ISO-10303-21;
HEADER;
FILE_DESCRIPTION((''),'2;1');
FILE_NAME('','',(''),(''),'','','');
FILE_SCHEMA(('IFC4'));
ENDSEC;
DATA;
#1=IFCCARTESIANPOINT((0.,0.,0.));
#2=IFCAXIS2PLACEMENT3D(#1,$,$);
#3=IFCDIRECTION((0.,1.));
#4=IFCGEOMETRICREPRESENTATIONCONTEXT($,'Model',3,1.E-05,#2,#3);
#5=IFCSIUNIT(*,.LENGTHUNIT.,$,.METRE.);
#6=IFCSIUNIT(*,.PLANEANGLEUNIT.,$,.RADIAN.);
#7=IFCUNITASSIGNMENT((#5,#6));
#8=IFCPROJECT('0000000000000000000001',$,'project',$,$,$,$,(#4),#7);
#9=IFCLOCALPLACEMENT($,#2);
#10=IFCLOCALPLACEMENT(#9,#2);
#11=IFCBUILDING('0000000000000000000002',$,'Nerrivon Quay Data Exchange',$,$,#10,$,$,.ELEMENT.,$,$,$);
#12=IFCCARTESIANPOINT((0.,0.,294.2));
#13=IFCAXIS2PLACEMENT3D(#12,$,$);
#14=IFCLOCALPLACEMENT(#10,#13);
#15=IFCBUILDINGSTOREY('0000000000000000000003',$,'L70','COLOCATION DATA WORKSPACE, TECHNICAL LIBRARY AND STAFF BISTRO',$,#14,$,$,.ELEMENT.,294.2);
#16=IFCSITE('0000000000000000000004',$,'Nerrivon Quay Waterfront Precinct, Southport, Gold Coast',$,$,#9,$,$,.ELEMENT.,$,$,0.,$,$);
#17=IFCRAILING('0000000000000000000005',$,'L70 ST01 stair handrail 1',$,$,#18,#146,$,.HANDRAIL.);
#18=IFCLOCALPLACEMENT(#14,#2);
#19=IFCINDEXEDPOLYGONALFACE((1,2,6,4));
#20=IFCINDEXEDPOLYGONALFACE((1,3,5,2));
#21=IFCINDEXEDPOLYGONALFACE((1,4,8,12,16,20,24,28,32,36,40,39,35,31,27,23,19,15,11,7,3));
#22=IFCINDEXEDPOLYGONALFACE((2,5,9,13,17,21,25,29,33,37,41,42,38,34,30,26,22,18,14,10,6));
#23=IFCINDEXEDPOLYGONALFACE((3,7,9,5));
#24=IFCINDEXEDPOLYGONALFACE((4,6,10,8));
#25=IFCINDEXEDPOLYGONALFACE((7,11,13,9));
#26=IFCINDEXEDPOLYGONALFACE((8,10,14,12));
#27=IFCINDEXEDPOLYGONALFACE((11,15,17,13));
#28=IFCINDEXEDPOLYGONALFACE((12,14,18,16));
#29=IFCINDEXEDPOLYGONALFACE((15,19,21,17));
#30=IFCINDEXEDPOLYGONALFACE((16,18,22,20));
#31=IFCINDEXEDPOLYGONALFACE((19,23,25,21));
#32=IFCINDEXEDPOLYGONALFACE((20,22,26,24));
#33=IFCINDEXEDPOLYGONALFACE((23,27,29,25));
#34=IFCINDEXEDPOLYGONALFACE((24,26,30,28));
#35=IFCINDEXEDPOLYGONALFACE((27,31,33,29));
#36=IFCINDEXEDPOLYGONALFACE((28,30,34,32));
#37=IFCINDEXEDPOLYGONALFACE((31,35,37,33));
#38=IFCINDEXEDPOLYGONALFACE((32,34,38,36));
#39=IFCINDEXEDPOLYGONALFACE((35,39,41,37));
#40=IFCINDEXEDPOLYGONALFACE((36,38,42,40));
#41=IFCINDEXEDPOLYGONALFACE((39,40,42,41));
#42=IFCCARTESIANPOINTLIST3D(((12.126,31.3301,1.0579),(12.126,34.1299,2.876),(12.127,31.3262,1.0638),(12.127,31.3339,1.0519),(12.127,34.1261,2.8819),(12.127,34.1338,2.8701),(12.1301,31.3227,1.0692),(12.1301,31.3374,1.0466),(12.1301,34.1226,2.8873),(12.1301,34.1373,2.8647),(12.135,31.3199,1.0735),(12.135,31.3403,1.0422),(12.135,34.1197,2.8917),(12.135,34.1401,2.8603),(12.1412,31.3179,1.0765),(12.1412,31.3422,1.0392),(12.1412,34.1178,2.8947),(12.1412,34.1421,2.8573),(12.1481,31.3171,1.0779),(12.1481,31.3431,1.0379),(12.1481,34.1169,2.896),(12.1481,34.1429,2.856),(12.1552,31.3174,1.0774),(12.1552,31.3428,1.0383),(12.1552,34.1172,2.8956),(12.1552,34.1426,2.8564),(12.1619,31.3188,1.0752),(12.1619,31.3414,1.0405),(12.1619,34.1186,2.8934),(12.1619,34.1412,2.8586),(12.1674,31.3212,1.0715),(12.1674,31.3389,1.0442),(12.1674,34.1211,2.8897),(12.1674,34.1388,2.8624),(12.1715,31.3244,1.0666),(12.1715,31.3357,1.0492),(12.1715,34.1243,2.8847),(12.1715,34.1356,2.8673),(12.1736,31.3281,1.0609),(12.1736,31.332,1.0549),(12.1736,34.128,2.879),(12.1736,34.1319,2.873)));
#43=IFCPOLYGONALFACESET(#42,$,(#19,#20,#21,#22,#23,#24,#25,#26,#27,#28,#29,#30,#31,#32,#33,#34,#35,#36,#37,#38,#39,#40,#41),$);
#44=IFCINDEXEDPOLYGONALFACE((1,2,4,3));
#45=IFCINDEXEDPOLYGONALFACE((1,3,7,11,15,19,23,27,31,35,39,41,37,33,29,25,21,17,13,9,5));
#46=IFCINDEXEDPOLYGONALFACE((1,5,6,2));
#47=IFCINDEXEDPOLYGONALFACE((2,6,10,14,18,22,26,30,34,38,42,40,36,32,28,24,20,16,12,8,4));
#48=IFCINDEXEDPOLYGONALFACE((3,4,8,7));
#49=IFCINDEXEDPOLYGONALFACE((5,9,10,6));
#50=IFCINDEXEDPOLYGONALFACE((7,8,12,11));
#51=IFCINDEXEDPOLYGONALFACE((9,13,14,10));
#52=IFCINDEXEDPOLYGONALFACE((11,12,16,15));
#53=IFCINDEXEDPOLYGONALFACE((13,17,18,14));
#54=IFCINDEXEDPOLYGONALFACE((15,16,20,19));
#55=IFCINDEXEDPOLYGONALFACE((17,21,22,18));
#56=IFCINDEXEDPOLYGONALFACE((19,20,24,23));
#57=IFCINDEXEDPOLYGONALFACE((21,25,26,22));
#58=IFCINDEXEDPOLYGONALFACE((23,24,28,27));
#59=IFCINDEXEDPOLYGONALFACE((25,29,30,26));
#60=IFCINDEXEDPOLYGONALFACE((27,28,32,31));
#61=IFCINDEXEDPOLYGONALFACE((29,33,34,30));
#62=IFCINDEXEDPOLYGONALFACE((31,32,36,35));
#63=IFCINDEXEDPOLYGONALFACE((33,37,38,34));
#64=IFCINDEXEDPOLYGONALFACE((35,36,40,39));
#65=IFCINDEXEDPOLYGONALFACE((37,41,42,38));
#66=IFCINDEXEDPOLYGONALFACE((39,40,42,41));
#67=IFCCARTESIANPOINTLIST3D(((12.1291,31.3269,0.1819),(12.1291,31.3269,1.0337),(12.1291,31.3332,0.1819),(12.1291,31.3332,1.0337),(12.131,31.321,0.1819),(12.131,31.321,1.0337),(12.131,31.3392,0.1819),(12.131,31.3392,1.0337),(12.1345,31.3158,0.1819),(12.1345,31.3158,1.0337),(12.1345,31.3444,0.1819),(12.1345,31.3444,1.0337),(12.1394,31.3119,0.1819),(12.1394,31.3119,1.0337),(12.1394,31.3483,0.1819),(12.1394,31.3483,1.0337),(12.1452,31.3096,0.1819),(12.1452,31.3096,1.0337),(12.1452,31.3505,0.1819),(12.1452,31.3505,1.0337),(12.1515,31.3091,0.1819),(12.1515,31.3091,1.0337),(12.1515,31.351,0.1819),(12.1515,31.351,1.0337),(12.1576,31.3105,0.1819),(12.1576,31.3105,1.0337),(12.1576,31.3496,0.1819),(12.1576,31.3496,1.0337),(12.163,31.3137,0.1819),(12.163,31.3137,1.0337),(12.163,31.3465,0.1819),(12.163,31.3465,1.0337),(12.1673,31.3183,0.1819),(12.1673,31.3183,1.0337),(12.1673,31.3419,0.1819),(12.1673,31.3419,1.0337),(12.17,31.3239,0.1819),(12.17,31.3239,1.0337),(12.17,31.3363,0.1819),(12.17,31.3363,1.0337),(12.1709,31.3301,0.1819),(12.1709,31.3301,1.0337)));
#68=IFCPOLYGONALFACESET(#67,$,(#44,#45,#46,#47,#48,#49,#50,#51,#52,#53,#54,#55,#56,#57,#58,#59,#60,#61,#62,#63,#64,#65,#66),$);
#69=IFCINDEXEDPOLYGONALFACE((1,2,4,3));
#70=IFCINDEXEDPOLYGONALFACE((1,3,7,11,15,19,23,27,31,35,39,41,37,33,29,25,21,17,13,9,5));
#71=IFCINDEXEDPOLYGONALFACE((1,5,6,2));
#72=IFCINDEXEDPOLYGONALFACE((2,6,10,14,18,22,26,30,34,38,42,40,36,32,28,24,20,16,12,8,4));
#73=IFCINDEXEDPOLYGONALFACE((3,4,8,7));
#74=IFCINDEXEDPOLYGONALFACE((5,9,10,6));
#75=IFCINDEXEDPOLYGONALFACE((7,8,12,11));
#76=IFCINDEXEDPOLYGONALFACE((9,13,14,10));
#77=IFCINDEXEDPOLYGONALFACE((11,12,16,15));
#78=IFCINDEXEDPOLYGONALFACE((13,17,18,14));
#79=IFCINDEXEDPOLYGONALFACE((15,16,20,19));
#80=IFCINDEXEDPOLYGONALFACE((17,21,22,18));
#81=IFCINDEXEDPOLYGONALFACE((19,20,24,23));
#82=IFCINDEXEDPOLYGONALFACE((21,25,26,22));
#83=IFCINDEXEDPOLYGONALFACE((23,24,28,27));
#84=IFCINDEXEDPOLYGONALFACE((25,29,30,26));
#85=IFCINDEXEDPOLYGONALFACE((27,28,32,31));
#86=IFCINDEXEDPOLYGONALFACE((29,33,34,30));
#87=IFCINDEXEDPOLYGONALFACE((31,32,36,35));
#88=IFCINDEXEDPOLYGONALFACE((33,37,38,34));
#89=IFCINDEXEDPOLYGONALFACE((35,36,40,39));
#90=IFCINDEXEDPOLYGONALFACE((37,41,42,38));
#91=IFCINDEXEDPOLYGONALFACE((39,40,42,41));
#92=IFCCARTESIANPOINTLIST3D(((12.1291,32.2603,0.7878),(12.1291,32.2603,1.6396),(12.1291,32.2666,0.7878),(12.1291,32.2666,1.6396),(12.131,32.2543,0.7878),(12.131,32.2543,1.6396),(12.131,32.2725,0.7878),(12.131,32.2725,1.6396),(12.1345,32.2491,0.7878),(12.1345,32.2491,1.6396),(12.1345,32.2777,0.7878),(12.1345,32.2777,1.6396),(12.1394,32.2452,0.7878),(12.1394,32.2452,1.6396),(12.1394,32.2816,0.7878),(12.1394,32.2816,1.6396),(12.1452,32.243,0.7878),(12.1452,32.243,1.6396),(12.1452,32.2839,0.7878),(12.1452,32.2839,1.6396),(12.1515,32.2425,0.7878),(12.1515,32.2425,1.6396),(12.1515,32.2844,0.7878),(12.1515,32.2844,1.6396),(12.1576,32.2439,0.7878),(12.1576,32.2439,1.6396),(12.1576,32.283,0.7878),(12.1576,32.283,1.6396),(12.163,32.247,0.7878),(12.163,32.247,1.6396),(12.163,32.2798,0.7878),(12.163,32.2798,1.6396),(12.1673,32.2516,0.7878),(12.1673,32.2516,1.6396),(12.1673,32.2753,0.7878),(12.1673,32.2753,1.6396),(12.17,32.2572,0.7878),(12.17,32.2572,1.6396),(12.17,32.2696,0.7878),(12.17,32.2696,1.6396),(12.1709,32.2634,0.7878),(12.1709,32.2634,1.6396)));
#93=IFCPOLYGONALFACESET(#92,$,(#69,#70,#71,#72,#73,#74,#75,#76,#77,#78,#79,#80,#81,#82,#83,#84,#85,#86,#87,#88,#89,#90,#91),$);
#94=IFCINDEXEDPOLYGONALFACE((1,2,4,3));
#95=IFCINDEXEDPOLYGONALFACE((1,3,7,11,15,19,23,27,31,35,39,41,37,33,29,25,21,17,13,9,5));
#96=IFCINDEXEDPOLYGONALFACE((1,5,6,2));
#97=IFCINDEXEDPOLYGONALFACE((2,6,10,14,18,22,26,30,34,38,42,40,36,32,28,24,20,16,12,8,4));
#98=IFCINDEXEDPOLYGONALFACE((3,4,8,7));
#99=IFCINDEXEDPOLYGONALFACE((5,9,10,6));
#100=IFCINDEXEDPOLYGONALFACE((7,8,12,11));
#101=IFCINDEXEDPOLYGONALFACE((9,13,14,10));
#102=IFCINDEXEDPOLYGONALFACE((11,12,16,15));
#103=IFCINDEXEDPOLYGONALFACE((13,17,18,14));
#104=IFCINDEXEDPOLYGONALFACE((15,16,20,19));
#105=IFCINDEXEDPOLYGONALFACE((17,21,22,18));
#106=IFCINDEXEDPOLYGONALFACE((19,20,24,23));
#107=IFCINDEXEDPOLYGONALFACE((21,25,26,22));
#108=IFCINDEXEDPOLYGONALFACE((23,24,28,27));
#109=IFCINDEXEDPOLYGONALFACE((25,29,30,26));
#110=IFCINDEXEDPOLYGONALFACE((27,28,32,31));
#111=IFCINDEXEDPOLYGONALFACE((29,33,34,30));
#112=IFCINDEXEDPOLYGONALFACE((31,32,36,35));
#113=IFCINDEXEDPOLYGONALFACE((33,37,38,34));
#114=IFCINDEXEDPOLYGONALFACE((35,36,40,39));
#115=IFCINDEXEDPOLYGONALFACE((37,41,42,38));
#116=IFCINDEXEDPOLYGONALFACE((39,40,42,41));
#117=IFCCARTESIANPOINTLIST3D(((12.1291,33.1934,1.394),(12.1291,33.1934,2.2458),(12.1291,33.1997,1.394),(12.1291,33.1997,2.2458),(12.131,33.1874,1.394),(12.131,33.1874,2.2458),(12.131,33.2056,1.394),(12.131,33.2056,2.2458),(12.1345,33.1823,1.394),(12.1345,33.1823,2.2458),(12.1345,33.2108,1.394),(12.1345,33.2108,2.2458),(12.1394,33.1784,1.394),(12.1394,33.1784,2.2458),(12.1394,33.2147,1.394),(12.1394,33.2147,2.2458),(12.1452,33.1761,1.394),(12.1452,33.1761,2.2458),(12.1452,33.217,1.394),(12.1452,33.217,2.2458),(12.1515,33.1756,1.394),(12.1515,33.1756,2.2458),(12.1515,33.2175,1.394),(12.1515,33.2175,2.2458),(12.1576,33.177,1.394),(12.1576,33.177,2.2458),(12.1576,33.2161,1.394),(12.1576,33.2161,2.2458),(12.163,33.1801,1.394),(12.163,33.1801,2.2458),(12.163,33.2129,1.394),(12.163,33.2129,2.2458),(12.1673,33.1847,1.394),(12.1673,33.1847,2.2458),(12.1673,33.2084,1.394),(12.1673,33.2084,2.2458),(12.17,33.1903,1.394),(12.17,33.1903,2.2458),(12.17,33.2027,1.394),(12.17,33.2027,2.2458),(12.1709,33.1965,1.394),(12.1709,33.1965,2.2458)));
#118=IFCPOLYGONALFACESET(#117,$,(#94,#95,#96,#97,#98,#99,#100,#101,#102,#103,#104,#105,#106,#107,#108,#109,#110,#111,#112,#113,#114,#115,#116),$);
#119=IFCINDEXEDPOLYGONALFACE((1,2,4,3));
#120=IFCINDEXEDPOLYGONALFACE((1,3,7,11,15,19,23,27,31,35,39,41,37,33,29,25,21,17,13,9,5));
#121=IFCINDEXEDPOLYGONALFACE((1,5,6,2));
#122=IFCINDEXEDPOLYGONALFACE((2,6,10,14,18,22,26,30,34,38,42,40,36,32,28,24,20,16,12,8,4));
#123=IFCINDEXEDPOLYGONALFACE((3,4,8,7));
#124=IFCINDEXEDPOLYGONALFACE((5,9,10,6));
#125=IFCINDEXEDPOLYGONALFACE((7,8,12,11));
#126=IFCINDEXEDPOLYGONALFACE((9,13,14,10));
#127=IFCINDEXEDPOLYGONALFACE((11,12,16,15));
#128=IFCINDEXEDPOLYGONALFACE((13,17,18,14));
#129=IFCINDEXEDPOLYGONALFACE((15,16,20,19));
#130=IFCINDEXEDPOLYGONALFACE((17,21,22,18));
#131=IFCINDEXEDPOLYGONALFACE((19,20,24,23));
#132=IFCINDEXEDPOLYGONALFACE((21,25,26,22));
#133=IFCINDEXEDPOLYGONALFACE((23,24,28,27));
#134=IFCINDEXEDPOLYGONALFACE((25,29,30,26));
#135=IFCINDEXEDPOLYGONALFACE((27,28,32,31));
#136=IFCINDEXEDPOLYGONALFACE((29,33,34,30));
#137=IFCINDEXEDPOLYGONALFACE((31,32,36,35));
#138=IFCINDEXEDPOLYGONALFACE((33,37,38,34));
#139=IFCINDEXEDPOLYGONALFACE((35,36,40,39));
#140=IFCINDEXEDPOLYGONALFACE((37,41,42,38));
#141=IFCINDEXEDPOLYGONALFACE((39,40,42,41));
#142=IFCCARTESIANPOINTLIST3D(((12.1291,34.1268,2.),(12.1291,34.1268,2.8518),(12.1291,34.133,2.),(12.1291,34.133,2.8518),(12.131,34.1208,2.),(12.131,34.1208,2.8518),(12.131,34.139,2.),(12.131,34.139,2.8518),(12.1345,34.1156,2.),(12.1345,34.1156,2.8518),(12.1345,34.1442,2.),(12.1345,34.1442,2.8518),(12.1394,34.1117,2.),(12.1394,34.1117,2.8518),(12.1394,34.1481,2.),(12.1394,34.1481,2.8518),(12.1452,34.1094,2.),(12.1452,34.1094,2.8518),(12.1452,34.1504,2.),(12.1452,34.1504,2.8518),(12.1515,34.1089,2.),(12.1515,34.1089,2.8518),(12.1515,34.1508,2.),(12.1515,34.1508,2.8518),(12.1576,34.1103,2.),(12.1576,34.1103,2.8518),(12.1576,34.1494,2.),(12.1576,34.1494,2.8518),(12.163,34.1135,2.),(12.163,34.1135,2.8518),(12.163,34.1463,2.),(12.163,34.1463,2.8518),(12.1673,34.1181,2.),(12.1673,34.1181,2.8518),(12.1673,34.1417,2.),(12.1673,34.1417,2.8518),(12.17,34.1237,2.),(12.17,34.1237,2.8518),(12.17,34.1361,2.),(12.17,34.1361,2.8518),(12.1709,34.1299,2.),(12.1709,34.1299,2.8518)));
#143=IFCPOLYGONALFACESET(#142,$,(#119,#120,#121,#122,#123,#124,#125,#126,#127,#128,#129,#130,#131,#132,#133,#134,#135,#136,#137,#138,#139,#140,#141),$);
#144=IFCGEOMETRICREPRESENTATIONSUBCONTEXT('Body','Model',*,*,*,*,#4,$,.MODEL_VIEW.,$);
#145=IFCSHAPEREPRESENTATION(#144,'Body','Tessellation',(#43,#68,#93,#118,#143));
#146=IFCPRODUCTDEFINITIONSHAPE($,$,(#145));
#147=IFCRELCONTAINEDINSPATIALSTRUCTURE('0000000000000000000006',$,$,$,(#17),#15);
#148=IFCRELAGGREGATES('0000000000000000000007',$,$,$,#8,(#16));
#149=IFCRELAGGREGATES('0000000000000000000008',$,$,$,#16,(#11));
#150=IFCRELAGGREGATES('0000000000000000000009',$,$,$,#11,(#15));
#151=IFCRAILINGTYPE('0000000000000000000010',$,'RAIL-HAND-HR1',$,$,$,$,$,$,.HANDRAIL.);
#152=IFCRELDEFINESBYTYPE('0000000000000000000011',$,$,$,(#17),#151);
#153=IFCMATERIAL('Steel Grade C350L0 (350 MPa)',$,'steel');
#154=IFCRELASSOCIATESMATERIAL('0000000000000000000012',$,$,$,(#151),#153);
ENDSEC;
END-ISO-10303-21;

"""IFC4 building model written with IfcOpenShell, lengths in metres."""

from ifc_helpers import new_model, si_unit, direction, frame, origin, origin_2d, place, context, subcontext, project, spatial, circle, extrude, material, type_object, element, save


model = new_model("IFC4")

# Units and contexts
model_context = context("Model", 3, precision=1e-05, world=origin(), true_north=direction((0.0, 1.0)))
body_context = subcontext(model_context, "Body", "Model", "MODEL_VIEW")
ifc_project = project(units=[si_unit("LENGTHUNIT", "METRE"), si_unit("PLANEANGLEUNIT", "RADIAN")], contexts=[model_context])

# Site, building, storey
site_placement = place(None, origin())
site = spatial("IfcSite", under=ifc_project, at=site_placement, Name="Nerrivon Quay Waterfront Precinct, Southport, Gold Coast", CompositionType="ELEMENT", RefElevation=0.0)
building_placement = place(site_placement, origin())
building = spatial("IfcBuilding", under=site, at=building_placement, Name="Nerrivon Quay Data Exchange", CompositionType="ELEMENT")
storey_placement = place(building_placement, frame((0.0, 0.0, 294.2)))
storey = spatial("IfcBuildingStorey", under=building, at=storey_placement, Name="L70", Description="COLOCATION DATA WORKSPACE, TECHNICAL LIBRARY AND STAFF BISTRO", CompositionType="ELEMENT", Elevation=294.2)

# Railing
ifc_material_1 = material(Name="Steel Grade C350L0 (350 MPa)", Category="steel")
railing_type_1 = type_object("IfcRailingType", Name="RAIL-HAND-HR1", PredefinedType="HANDRAIL", material=ifc_material_1)
railing_1_placement = place(storey_placement, frame((12.1499, 31.3301, 0.1819)))
element("IfcRailing", 1, at=railing_1_placement, inside=storey, type_object=railing_type_1, Name="L70 ST01 stair handrail 1", PredefinedType="HANDRAIL", context=body_context, shape_type="SweptSolid", body=[
    extrude(circle(Radius=0.0239, at=origin_2d()), frame((0.0, 0.0, 0.876), z_axis=(0.0, 0.838684, 0.544618), x_axis=(-1.0, 0.0, 0.0)), (0.0, 0.0, 1.0), 3.3384),
    extrude(circle(Radius=0.021, at=origin_2d()), origin(), (0.0, 0.0, 1.0), 0.8518),
    extrude(circle(Radius=0.021, at=origin_2d()), frame((0.0, 0.9333, 0.606)), (0.0, 0.0, 1.0), 0.8518),
    extrude(circle(Radius=0.021, at=origin_2d()), frame((0.0, 1.8665, 1.2122)), (0.0, 0.0, 1.0), 0.8518),
    extrude(circle(Radius=0.021, at=origin_2d()), frame((0.0, 2.7998, 1.8181)), (0.0, 0.0, 1.0), 0.8518),
])

save(model, "model.ifc")
